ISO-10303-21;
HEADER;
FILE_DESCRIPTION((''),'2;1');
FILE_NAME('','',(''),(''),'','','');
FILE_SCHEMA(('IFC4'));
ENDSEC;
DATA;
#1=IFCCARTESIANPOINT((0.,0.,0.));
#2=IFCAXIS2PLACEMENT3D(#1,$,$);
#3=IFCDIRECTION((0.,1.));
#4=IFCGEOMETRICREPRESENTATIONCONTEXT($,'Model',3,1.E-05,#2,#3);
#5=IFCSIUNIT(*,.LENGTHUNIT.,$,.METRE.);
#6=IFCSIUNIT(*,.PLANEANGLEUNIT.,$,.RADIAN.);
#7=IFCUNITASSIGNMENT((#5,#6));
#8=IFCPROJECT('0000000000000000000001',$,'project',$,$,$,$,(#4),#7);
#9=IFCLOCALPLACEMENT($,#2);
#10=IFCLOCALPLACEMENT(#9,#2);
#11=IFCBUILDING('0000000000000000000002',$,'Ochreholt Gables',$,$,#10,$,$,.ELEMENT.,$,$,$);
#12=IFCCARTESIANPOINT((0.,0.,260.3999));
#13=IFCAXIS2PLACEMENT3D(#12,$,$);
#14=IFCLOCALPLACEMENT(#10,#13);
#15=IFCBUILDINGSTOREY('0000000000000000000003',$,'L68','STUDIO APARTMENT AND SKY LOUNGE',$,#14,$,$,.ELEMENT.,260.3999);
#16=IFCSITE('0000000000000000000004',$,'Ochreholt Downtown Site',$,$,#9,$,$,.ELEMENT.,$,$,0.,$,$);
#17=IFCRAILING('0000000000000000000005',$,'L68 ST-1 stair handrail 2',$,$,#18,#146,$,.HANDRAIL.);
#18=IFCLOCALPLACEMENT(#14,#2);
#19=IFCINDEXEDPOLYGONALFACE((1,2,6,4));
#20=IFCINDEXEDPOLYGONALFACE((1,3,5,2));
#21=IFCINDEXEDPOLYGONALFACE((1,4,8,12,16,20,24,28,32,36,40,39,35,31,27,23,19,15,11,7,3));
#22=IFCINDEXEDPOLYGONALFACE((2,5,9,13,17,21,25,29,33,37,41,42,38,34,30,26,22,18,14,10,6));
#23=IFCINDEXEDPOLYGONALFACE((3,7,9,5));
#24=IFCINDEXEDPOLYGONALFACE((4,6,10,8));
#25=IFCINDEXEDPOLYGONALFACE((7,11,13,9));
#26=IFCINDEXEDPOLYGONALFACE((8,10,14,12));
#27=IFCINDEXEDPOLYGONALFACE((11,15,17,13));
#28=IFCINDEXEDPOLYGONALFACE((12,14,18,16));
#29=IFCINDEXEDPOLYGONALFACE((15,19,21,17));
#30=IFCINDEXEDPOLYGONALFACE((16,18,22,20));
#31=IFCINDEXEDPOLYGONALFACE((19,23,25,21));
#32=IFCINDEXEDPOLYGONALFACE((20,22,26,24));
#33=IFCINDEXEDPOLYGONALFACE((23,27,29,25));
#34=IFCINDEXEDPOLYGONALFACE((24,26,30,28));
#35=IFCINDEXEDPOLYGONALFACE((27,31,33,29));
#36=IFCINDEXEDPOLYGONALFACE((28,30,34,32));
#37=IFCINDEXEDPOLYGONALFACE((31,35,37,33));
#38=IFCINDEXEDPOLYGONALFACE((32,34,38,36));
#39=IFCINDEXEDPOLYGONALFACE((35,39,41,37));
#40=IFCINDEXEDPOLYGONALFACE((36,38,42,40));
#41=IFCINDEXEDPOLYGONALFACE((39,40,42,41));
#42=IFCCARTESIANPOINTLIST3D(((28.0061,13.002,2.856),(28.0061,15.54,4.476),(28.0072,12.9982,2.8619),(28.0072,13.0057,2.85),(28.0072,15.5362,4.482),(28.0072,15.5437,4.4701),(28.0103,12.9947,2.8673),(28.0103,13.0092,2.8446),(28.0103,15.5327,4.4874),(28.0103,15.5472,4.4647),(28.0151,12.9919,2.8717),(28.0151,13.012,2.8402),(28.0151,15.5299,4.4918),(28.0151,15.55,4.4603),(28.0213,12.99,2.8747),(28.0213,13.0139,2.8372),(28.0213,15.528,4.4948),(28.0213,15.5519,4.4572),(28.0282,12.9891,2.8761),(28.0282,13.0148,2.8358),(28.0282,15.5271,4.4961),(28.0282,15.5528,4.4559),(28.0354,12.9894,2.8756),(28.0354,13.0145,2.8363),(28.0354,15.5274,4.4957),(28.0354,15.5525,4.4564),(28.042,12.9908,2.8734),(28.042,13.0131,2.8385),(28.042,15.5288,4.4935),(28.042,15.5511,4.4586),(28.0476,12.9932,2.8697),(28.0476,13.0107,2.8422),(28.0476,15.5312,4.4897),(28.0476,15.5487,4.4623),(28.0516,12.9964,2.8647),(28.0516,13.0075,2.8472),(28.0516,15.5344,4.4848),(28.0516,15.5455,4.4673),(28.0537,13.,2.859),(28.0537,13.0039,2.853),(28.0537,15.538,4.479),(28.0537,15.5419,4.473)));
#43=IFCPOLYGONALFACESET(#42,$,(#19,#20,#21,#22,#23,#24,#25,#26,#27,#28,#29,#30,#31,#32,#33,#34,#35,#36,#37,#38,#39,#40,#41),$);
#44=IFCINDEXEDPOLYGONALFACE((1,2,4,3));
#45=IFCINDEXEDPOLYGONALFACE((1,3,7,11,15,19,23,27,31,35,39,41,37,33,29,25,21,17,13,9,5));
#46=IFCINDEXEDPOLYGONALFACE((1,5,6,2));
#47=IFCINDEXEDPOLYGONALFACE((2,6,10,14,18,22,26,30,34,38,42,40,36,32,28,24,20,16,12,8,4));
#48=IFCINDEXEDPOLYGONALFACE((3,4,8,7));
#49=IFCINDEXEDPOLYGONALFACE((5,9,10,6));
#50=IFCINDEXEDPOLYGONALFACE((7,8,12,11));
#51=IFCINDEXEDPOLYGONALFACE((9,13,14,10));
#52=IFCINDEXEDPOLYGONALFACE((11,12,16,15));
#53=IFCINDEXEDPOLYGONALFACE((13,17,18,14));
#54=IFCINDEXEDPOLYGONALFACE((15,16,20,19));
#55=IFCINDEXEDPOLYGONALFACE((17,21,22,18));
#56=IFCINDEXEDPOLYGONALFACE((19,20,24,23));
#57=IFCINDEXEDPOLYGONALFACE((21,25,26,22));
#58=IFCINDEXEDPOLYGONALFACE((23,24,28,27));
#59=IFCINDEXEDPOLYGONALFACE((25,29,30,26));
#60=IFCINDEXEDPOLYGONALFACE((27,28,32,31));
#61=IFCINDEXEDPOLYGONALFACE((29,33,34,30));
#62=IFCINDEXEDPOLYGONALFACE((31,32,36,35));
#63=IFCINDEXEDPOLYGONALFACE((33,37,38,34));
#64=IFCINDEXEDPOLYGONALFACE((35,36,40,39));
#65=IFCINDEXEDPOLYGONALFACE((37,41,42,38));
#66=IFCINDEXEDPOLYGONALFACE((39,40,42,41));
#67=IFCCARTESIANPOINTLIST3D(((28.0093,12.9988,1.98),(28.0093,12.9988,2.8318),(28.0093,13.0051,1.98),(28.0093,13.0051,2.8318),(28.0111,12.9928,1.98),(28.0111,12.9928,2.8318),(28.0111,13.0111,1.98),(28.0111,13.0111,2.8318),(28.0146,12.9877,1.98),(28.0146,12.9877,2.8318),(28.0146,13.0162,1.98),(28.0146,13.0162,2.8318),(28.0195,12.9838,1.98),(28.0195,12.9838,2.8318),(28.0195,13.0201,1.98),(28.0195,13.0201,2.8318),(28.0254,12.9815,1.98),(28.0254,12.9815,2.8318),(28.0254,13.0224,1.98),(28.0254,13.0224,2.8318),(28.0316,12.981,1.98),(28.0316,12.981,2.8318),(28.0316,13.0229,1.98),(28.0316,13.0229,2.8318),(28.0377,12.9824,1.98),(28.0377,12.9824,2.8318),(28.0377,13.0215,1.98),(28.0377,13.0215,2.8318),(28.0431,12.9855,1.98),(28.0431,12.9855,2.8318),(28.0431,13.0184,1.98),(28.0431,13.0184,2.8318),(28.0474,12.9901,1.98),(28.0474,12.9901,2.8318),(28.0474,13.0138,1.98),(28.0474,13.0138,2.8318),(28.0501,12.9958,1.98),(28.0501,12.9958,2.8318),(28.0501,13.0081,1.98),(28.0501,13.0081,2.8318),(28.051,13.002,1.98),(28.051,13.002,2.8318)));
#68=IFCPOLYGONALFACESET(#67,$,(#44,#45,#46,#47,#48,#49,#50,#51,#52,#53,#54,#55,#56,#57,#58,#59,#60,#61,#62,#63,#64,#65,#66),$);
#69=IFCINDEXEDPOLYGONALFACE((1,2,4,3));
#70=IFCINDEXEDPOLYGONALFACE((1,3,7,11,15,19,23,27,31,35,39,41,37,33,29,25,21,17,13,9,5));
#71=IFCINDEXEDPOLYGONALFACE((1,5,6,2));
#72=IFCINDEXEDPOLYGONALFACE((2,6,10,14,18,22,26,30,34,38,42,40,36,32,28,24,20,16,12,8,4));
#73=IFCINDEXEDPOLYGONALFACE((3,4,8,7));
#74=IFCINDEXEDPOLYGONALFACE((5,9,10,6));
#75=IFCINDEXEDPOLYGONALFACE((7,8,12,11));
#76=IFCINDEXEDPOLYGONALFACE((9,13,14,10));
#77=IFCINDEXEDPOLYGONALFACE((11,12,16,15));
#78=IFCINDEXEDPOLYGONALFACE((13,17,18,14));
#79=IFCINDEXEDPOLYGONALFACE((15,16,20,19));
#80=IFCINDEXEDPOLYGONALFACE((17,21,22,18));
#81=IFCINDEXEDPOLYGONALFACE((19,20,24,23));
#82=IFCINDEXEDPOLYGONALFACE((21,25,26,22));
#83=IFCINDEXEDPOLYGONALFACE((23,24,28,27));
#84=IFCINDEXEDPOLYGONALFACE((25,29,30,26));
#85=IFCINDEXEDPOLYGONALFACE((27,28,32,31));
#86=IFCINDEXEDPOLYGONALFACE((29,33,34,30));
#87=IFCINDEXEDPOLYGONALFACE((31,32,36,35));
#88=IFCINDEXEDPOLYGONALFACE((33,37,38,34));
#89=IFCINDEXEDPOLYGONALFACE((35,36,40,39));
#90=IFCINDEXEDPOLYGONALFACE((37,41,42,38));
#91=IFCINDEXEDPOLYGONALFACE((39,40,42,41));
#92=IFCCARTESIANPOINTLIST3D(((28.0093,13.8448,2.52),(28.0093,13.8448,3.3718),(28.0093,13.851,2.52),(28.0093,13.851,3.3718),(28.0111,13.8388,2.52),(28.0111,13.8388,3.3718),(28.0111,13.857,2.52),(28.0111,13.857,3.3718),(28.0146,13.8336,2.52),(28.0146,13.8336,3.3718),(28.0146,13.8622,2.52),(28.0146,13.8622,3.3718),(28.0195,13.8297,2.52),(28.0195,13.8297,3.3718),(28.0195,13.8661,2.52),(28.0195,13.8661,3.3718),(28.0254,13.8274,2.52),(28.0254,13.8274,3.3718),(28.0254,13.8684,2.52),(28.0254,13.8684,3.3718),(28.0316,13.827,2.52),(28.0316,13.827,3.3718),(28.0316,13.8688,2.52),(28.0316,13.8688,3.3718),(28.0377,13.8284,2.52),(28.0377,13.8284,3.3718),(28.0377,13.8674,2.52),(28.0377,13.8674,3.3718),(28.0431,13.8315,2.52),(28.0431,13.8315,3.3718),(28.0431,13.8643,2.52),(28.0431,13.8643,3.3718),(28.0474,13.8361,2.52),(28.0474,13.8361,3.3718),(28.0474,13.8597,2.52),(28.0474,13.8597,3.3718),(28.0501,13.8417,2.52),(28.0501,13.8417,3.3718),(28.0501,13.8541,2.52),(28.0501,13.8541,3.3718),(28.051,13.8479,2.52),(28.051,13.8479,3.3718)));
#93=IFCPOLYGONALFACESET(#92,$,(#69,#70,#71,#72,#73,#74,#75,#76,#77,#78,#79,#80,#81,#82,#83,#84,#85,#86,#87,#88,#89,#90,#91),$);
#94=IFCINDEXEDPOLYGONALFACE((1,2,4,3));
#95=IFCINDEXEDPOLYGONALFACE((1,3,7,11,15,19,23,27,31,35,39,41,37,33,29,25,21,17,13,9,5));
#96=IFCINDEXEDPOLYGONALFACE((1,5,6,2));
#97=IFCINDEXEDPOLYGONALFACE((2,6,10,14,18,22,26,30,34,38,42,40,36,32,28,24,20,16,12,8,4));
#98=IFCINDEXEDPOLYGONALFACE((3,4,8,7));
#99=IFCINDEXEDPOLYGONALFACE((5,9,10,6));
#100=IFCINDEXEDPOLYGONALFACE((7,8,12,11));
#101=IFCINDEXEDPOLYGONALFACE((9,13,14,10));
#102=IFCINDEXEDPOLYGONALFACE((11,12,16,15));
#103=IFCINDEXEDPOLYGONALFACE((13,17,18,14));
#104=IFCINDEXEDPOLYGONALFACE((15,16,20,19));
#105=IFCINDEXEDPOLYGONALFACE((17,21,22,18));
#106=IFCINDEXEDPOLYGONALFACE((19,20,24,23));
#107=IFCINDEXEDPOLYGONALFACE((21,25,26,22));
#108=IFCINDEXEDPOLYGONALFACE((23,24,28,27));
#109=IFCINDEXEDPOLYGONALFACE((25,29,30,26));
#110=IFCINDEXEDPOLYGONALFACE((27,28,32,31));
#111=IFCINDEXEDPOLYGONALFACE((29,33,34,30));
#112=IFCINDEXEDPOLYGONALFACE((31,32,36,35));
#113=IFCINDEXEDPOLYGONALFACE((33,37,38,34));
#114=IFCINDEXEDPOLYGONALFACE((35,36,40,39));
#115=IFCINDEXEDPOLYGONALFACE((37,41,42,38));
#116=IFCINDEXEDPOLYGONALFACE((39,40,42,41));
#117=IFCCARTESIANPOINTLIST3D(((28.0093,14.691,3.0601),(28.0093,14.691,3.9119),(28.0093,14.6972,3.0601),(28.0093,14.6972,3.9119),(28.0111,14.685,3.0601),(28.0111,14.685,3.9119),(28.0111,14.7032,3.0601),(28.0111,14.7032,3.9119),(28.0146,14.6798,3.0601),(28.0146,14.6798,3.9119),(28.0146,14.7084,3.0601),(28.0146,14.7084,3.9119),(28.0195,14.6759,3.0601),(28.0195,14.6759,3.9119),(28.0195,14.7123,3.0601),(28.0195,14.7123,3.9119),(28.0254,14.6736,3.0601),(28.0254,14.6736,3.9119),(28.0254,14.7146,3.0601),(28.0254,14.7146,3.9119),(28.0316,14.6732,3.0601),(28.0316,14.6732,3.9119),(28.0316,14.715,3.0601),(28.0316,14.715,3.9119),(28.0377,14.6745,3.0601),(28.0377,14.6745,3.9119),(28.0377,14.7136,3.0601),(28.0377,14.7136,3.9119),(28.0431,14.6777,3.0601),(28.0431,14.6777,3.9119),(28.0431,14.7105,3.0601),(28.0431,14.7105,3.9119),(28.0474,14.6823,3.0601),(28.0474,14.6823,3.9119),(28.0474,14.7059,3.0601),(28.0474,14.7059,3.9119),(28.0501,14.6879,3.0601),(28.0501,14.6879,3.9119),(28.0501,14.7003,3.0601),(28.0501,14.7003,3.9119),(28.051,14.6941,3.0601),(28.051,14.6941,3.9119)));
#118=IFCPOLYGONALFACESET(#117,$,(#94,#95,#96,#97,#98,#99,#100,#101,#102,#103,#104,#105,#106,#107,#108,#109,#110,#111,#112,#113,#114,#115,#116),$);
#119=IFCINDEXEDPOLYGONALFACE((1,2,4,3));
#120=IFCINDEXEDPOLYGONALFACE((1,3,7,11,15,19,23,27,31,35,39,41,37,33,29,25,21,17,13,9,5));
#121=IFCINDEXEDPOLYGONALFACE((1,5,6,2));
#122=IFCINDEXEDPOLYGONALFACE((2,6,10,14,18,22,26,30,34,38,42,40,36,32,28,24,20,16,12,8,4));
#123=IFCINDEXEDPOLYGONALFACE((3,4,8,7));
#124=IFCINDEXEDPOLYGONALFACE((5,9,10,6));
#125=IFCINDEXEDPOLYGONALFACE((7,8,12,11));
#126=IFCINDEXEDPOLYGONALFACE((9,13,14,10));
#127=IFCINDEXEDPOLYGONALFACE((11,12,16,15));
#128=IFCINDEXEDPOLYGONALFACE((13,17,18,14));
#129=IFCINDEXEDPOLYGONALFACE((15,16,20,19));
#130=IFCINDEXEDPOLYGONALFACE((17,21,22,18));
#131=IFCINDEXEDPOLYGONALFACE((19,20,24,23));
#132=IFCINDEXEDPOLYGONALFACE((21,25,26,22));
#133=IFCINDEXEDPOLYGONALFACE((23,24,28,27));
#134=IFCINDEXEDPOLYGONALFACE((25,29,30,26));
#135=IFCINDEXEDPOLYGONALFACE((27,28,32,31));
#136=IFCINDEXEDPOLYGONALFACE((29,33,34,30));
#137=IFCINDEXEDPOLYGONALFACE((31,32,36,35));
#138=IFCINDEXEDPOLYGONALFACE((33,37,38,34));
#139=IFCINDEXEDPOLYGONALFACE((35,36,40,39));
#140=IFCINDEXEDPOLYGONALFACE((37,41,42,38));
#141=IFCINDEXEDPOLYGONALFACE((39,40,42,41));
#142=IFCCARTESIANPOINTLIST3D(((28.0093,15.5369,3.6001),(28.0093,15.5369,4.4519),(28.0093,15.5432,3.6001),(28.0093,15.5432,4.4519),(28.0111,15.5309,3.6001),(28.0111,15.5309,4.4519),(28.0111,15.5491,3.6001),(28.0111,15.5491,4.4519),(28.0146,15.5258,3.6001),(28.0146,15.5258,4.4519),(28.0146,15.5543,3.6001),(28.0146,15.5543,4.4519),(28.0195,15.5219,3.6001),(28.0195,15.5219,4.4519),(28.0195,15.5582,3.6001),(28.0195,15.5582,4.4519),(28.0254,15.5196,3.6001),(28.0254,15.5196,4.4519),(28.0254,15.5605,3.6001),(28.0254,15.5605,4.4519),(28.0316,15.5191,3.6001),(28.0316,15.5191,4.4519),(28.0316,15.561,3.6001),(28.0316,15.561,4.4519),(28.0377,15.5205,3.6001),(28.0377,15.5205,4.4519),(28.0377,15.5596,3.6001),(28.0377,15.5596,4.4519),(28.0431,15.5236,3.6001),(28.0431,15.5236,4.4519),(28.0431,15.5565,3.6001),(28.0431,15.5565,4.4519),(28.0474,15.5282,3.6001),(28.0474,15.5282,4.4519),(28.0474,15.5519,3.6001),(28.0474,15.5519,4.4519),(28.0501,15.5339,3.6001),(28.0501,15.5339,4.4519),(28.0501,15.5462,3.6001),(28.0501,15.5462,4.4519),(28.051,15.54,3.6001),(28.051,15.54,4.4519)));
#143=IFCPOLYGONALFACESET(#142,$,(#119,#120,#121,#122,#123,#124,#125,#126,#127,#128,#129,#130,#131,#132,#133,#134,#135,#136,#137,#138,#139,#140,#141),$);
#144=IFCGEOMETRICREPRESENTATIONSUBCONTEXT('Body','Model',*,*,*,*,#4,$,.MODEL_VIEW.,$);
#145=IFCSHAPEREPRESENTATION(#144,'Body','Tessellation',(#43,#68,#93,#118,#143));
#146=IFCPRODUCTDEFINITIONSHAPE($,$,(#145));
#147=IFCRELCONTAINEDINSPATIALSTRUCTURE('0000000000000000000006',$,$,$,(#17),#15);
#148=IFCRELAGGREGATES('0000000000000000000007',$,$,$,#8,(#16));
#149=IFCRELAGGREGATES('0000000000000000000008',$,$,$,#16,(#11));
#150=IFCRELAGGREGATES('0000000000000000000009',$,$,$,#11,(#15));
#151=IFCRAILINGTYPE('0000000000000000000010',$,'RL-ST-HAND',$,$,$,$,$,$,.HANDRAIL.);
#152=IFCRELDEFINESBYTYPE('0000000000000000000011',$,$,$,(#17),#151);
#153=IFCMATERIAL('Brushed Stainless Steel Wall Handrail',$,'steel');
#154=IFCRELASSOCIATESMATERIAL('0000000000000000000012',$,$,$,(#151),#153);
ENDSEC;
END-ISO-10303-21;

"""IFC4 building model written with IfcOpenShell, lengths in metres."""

from ifc_helpers import new_model, si_unit, direction, frame, origin, origin_2d, place, context, subcontext, project, spatial, circle, extrude, material, type_object, element, save


model = new_model("IFC4")

# Units and contexts
model_context = context("Model", 3, precision=1e-05, world=origin(), true_north=direction((0.0, 1.0)))
body_context = subcontext(model_context, "Body", "Model", "MODEL_VIEW")
ifc_project = project(units=[si_unit("LENGTHUNIT", "METRE"), si_unit("PLANEANGLEUNIT", "RADIAN")], contexts=[model_context])

# Site, building, storey
site_placement = place(None, origin())
site = spatial("IfcSite", under=ifc_project, at=site_placement, Name="Ochreholt Downtown Site", CompositionType="ELEMENT", RefElevation=0.0)
building_placement = place(site_placement, origin())
building = spatial("IfcBuilding", under=site, at=building_placement, Name="Ochreholt Gables", CompositionType="ELEMENT")
storey_placement = place(building_placement, frame((0.0, 0.0, 260.3999)))
storey = spatial("IfcBuildingStorey", under=building, at=storey_placement, Name="L68", Description="STUDIO APARTMENT AND SKY LOUNGE", CompositionType="ELEMENT", Elevation=260.3999)

# Railing
ifc_material_1 = material(Name="Brushed Stainless Steel Wall Handrail", Category="steel")
railing_type_1 = type_object("IfcRailingType", Name="RL-ST-HAND", PredefinedType="HANDRAIL", material=ifc_material_1)
railing_1_placement = place(storey_placement, frame((28.03, 13.002, 1.98)))
element("IfcRailing", 1, at=railing_1_placement, inside=storey, type_object=railing_type_1, Name="L68 ST-1 stair handrail 2", PredefinedType="HANDRAIL", context=body_context, shape_type="SweptSolid", body=[
    extrude(circle(Radius=0.0239, at=origin_2d()), frame((0.0, 0.0, 0.876), z_axis=(0.0, 0.842913, 0.53805), x_axis=(-1.0, 0.0, 0.0)), (0.0, 0.0, 1.0), 3.011),
    extrude(circle(Radius=0.021, at=origin_2d()), origin(), (0.0, 0.0, 1.0), 0.8518),
    extrude(circle(Radius=0.021, at=origin_2d()), frame((0.0, 0.8459, 0.54)), (0.0, 0.0, 1.0), 0.8518),
    extrude(circle(Radius=0.021, at=origin_2d()), frame((0.0, 1.6921, 1.0801)), (0.0, 0.0, 1.0), 0.8518),
    extrude(circle(Radius=0.021, at=origin_2d()), frame((0.0, 2.5381, 1.6201)), (0.0, 0.0, 1.0), 0.8518),
])

save(model, "model.ifc")
